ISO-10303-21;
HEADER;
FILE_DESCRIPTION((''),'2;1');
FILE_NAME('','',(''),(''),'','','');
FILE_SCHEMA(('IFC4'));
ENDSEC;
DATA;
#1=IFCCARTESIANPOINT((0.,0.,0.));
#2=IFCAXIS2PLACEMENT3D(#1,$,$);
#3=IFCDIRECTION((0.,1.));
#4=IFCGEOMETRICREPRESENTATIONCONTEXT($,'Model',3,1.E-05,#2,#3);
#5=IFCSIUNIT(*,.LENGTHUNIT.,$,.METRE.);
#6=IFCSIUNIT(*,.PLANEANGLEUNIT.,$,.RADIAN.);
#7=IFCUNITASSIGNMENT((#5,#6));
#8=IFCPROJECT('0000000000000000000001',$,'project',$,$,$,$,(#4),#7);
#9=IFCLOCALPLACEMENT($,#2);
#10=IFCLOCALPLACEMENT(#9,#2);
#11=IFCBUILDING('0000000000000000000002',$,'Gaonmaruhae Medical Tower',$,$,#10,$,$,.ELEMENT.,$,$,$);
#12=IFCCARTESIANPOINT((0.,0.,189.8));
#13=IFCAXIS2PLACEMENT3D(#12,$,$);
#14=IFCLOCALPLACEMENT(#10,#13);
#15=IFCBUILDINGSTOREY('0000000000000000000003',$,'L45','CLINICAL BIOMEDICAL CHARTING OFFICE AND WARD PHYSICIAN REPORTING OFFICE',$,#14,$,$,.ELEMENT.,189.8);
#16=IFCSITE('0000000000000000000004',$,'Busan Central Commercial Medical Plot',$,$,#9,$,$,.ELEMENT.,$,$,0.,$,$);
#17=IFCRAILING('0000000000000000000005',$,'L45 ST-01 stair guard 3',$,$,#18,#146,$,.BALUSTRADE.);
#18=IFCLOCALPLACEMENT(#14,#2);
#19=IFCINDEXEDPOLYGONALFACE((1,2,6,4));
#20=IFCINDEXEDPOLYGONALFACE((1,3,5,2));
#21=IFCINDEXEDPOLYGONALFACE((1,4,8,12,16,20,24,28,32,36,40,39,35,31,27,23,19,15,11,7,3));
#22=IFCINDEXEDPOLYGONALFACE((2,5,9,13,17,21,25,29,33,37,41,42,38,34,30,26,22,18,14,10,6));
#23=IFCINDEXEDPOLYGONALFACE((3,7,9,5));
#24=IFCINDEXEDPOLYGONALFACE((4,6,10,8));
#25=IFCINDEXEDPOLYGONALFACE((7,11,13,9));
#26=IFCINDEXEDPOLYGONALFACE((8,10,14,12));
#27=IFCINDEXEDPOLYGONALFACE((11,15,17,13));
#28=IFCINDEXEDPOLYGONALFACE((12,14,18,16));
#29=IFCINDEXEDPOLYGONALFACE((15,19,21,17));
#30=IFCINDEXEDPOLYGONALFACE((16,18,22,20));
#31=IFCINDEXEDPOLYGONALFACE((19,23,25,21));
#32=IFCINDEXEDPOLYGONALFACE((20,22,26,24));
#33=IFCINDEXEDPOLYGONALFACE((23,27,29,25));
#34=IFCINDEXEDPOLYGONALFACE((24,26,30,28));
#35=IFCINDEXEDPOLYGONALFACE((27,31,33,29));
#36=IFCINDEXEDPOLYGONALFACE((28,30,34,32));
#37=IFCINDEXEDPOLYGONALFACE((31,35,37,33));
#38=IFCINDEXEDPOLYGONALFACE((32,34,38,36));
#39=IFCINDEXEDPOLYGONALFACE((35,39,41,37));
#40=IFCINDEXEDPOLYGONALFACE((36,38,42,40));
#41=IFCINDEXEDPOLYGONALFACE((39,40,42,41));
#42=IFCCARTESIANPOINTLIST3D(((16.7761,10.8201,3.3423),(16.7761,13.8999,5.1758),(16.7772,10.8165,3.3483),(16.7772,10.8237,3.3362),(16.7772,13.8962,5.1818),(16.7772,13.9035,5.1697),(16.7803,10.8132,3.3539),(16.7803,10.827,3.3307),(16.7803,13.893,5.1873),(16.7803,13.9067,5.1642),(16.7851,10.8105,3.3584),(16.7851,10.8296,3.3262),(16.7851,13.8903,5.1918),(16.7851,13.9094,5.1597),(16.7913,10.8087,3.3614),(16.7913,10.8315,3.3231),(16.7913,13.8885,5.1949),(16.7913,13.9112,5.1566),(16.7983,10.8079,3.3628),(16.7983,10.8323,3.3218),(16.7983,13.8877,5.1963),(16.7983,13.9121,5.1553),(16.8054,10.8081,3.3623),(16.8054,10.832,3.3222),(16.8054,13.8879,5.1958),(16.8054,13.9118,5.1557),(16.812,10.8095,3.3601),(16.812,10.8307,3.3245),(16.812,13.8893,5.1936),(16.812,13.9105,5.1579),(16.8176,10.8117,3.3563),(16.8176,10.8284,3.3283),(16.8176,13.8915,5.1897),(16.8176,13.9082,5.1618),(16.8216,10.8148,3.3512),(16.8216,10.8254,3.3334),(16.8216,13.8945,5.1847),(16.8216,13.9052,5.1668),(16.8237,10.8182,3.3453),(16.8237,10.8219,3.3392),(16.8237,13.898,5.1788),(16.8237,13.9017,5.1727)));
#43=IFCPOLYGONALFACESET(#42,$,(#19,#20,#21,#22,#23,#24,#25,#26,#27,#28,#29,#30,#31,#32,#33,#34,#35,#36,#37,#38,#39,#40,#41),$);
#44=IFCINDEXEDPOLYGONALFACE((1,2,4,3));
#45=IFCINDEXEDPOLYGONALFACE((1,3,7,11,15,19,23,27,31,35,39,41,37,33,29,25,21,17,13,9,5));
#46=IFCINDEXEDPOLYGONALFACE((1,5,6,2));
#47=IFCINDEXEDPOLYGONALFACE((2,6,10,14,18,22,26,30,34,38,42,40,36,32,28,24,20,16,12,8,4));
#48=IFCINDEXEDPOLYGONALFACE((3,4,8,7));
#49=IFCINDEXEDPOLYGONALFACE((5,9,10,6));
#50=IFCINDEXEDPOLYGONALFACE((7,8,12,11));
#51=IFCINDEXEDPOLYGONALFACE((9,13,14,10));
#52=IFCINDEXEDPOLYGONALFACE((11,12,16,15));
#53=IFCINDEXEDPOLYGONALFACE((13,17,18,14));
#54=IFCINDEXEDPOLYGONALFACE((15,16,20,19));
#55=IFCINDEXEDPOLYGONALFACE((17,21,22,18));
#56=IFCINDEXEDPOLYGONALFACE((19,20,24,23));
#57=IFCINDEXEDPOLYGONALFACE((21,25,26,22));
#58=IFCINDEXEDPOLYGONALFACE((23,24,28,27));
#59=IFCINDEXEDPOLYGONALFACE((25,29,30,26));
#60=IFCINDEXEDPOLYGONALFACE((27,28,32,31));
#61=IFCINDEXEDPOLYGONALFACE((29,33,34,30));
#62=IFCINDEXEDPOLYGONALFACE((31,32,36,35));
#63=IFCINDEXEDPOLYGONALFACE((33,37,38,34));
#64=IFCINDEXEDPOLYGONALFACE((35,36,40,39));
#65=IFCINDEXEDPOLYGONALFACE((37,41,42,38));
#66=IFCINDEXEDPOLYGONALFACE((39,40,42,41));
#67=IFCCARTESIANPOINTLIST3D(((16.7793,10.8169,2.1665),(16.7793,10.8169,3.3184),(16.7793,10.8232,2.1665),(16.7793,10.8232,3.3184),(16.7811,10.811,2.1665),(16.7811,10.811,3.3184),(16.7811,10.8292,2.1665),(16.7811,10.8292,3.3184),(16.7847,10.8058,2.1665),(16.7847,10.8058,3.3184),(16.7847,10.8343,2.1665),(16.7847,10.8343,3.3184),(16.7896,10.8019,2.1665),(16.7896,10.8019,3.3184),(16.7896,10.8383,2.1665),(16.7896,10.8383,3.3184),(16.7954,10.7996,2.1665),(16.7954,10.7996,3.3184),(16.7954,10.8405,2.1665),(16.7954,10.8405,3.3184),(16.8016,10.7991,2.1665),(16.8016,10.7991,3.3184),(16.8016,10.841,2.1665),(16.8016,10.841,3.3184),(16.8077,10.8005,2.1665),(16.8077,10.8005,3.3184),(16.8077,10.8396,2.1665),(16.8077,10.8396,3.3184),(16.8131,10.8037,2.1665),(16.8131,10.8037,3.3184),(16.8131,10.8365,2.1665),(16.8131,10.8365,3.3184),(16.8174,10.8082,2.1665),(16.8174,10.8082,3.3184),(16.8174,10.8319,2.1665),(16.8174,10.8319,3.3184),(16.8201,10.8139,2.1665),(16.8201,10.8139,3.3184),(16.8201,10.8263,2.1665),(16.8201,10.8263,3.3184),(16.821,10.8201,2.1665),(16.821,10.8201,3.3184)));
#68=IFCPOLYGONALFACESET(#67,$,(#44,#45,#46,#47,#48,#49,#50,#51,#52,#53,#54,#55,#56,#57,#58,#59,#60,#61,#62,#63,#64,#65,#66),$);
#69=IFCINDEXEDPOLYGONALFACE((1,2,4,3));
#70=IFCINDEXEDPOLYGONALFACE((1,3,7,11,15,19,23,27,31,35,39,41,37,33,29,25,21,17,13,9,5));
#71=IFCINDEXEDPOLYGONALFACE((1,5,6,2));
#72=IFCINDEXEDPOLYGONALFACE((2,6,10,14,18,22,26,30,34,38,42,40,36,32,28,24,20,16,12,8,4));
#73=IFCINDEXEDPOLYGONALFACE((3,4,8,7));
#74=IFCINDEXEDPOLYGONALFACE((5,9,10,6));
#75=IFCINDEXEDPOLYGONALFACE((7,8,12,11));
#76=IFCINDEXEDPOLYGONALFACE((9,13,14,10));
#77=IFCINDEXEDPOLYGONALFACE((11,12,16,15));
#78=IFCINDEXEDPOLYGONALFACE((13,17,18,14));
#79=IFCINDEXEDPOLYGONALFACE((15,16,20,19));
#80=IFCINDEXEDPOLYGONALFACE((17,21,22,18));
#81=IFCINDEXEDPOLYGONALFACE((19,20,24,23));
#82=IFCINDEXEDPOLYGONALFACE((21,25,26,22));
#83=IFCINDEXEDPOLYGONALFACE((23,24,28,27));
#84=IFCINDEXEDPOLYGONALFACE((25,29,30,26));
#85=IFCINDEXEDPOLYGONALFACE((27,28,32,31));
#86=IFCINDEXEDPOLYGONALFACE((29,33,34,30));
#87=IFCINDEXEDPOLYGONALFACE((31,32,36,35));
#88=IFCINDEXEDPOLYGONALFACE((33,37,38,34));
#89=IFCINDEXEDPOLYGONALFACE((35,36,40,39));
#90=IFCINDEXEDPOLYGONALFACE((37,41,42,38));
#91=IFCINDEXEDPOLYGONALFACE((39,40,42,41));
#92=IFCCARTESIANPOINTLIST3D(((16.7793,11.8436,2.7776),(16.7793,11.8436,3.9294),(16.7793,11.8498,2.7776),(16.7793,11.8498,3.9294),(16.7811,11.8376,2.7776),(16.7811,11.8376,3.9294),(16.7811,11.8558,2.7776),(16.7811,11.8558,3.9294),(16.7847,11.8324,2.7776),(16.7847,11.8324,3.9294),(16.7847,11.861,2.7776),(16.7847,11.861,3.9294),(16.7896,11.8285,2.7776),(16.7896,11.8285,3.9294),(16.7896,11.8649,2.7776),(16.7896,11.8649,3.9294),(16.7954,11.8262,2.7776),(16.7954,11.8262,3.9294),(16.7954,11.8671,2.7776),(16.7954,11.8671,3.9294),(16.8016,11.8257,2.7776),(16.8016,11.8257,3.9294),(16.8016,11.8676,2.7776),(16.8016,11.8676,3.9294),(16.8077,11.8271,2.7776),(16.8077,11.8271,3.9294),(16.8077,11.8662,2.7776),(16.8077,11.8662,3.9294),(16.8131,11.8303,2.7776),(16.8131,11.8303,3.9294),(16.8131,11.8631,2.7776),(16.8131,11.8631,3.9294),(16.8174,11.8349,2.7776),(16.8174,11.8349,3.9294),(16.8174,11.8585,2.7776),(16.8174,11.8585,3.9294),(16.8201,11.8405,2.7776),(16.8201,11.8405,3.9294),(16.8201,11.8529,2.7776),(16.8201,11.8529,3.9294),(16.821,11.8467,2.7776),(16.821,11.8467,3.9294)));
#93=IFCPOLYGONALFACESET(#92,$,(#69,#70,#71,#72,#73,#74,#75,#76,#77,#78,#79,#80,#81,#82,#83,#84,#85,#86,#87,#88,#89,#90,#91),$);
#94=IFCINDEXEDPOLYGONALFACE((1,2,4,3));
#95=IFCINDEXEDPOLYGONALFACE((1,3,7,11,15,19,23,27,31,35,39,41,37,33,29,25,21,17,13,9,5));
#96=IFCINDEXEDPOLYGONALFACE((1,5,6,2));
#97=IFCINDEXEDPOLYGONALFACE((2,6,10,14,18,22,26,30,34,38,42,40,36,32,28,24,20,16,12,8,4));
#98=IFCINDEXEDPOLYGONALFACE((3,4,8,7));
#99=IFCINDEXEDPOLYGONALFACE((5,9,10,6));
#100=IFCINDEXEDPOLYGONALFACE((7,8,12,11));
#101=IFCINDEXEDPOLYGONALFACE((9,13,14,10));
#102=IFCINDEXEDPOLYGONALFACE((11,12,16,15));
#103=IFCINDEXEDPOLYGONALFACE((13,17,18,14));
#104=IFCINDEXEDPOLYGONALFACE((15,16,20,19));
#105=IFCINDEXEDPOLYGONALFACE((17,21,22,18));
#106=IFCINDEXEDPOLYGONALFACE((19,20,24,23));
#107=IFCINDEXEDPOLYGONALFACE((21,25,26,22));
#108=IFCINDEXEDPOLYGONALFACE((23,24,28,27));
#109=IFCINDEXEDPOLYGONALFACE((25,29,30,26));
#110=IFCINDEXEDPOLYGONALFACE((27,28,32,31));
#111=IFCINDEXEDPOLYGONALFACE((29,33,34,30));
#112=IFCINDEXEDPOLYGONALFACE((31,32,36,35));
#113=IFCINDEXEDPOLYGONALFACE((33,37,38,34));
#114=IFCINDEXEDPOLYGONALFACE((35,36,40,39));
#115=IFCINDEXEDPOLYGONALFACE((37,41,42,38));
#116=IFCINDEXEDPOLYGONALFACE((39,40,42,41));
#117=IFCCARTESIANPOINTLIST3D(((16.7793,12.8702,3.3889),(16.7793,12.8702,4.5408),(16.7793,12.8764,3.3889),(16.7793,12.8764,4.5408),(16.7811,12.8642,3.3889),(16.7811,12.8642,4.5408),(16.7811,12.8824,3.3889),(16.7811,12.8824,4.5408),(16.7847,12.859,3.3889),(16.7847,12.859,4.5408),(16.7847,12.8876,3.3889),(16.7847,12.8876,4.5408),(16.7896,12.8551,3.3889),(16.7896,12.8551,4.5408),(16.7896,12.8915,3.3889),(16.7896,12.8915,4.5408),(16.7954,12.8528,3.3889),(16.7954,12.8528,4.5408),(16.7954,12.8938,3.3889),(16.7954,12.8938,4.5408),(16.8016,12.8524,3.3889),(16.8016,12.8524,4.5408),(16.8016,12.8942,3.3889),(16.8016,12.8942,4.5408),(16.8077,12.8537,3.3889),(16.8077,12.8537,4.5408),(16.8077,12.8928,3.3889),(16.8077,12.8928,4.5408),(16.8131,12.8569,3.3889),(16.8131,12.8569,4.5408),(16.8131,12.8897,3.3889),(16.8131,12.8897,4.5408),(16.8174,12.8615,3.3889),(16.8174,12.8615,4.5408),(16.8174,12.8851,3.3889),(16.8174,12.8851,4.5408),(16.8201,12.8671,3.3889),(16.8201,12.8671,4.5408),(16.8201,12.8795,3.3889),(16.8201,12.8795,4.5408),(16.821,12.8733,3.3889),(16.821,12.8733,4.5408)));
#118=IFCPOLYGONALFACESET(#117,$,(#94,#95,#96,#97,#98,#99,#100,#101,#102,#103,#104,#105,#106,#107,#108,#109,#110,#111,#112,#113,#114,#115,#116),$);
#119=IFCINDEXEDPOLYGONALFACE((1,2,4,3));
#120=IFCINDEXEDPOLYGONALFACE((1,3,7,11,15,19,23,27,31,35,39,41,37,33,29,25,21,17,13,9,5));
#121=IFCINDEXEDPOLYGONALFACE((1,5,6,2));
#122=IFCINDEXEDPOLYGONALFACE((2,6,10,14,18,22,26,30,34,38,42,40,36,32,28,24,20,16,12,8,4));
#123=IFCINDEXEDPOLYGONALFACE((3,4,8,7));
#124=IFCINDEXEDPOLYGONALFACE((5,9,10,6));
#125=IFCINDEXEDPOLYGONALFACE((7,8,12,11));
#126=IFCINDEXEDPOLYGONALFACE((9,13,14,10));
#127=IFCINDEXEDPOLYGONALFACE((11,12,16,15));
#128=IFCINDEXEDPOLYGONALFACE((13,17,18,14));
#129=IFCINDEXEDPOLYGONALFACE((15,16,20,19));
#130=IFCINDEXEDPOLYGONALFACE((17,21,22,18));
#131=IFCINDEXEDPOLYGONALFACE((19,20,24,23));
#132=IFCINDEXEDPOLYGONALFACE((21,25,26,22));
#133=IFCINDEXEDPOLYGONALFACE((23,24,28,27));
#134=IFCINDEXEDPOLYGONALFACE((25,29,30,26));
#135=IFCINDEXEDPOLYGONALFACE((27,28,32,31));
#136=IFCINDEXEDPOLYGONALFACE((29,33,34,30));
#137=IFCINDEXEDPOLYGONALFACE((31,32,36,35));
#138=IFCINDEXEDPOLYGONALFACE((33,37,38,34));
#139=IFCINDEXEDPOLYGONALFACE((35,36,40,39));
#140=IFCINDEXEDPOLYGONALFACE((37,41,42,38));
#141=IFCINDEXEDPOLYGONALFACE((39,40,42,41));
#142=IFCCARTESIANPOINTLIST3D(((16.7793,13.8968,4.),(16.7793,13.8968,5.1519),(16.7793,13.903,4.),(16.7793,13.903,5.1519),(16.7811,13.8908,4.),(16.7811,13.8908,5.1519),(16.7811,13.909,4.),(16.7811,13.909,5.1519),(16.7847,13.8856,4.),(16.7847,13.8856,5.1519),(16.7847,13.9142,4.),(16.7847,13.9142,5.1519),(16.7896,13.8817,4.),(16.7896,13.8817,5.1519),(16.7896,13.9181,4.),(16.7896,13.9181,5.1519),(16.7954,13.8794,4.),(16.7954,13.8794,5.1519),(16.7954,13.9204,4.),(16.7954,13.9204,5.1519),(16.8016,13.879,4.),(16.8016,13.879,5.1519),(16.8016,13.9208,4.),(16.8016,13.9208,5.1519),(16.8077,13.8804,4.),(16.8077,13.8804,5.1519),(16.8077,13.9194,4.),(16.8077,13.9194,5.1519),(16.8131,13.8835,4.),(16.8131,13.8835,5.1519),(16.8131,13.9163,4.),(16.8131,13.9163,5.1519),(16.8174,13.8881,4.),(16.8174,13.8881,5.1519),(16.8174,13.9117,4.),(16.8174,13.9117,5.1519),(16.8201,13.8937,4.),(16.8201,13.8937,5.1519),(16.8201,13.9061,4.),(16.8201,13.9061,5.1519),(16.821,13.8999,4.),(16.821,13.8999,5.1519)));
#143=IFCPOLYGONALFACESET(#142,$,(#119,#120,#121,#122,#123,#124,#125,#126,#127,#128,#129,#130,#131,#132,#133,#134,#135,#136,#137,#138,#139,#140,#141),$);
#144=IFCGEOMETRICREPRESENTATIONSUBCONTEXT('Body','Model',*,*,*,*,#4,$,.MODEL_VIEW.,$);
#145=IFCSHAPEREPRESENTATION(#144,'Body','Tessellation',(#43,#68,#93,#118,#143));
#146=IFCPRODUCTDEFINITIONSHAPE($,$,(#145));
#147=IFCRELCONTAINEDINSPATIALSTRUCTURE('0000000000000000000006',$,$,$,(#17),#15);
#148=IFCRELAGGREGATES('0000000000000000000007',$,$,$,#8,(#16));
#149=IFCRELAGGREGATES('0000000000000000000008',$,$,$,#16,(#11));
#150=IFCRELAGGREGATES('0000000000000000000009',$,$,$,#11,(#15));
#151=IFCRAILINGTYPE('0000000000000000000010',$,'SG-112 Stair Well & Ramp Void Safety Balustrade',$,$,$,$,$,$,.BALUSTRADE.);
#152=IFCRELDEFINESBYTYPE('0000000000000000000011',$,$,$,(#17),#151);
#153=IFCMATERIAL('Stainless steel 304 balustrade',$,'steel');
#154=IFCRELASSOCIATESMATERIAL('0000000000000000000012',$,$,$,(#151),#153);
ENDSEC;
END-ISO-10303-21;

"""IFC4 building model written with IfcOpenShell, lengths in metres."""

from ifc_helpers import new_model, si_unit, direction, frame, origin, origin_2d, place, context, subcontext, project, spatial, circle, extrude, material, type_object, element, save


model = new_model("IFC4")

# Units and contexts
model_context = context("Model", 3, precision=1e-05, world=origin(), true_north=direction((0.0, 1.0)))
body_context = subcontext(model_context, "Body", "Model", "MODEL_VIEW")
ifc_project = project(units=[si_unit("LENGTHUNIT", "METRE"), si_unit("PLANEANGLEUNIT", "RADIAN")], contexts=[model_context])

# Site, building, storey
site_placement = place(None, origin())
site = spatial("IfcSite", under=ifc_project, at=site_placement, Name="Busan Central Commercial Medical Plot", CompositionType="ELEMENT", RefElevation=0.0)
building_placement = place(site_placement, origin())
building = spatial("IfcBuilding", under=site, at=building_placement, Name="Gaonmaruhae Medical Tower", CompositionType="ELEMENT")
storey_placement = place(building_placement, frame((0.0, 0.0, 189.8)))
storey = spatial("IfcBuildingStorey", under=building, at=storey_placement, Name="L45", Description="CLINICAL BIOMEDICAL CHARTING OFFICE AND WARD PHYSICIAN REPORTING OFFICE", CompositionType="ELEMENT", Elevation=189.8)

# Railing
ifc_material_1 = material(Name="Stainless steel 304 balustrade", Category="steel")
railing_type_1 = type_object("IfcRailingType", Name="SG-112 Stair Well & Ramp Void Safety Balustrade", PredefinedType="BALUSTRADE", material=ifc_material_1)
railing_1_placement = place(storey_placement, frame((16.8, 10.8201, 2.1665)))
element("IfcRailing", 1, at=railing_1_placement, inside=storey, type_object=railing_type_1, Name="L45 ST-01 stair guard 3", PredefinedType="BALUSTRADE", context=body_context, shape_type="SweptSolid", body=[
    extrude(circle(Radius=0.0239, at=origin_2d()), frame((0.0, 0.0, 1.1758), z_axis=(0.0, 0.859261, 0.511538), x_axis=(-1.0, 0.0, 0.0)), (0.0, 0.0, 1.0), 3.5842),
    extrude(circle(Radius=0.021, at=origin_2d()), origin(), (0.0, 0.0, 1.0), 1.1519),
    extrude(circle(Radius=0.021, at=origin_2d()), frame((0.0, 1.0266, 0.6111)), (0.0, 0.0, 1.0), 1.1519),
    extrude(circle(Radius=0.021, at=origin_2d()), frame((0.0, 2.0532, 1.2224)), (0.0, 0.0, 1.0), 1.1519),
    extrude(circle(Radius=0.021, at=origin_2d()), frame((0.0, 3.0798, 1.8335)), (0.0, 0.0, 1.0), 1.1519),
])

save(model, "model.ifc")
